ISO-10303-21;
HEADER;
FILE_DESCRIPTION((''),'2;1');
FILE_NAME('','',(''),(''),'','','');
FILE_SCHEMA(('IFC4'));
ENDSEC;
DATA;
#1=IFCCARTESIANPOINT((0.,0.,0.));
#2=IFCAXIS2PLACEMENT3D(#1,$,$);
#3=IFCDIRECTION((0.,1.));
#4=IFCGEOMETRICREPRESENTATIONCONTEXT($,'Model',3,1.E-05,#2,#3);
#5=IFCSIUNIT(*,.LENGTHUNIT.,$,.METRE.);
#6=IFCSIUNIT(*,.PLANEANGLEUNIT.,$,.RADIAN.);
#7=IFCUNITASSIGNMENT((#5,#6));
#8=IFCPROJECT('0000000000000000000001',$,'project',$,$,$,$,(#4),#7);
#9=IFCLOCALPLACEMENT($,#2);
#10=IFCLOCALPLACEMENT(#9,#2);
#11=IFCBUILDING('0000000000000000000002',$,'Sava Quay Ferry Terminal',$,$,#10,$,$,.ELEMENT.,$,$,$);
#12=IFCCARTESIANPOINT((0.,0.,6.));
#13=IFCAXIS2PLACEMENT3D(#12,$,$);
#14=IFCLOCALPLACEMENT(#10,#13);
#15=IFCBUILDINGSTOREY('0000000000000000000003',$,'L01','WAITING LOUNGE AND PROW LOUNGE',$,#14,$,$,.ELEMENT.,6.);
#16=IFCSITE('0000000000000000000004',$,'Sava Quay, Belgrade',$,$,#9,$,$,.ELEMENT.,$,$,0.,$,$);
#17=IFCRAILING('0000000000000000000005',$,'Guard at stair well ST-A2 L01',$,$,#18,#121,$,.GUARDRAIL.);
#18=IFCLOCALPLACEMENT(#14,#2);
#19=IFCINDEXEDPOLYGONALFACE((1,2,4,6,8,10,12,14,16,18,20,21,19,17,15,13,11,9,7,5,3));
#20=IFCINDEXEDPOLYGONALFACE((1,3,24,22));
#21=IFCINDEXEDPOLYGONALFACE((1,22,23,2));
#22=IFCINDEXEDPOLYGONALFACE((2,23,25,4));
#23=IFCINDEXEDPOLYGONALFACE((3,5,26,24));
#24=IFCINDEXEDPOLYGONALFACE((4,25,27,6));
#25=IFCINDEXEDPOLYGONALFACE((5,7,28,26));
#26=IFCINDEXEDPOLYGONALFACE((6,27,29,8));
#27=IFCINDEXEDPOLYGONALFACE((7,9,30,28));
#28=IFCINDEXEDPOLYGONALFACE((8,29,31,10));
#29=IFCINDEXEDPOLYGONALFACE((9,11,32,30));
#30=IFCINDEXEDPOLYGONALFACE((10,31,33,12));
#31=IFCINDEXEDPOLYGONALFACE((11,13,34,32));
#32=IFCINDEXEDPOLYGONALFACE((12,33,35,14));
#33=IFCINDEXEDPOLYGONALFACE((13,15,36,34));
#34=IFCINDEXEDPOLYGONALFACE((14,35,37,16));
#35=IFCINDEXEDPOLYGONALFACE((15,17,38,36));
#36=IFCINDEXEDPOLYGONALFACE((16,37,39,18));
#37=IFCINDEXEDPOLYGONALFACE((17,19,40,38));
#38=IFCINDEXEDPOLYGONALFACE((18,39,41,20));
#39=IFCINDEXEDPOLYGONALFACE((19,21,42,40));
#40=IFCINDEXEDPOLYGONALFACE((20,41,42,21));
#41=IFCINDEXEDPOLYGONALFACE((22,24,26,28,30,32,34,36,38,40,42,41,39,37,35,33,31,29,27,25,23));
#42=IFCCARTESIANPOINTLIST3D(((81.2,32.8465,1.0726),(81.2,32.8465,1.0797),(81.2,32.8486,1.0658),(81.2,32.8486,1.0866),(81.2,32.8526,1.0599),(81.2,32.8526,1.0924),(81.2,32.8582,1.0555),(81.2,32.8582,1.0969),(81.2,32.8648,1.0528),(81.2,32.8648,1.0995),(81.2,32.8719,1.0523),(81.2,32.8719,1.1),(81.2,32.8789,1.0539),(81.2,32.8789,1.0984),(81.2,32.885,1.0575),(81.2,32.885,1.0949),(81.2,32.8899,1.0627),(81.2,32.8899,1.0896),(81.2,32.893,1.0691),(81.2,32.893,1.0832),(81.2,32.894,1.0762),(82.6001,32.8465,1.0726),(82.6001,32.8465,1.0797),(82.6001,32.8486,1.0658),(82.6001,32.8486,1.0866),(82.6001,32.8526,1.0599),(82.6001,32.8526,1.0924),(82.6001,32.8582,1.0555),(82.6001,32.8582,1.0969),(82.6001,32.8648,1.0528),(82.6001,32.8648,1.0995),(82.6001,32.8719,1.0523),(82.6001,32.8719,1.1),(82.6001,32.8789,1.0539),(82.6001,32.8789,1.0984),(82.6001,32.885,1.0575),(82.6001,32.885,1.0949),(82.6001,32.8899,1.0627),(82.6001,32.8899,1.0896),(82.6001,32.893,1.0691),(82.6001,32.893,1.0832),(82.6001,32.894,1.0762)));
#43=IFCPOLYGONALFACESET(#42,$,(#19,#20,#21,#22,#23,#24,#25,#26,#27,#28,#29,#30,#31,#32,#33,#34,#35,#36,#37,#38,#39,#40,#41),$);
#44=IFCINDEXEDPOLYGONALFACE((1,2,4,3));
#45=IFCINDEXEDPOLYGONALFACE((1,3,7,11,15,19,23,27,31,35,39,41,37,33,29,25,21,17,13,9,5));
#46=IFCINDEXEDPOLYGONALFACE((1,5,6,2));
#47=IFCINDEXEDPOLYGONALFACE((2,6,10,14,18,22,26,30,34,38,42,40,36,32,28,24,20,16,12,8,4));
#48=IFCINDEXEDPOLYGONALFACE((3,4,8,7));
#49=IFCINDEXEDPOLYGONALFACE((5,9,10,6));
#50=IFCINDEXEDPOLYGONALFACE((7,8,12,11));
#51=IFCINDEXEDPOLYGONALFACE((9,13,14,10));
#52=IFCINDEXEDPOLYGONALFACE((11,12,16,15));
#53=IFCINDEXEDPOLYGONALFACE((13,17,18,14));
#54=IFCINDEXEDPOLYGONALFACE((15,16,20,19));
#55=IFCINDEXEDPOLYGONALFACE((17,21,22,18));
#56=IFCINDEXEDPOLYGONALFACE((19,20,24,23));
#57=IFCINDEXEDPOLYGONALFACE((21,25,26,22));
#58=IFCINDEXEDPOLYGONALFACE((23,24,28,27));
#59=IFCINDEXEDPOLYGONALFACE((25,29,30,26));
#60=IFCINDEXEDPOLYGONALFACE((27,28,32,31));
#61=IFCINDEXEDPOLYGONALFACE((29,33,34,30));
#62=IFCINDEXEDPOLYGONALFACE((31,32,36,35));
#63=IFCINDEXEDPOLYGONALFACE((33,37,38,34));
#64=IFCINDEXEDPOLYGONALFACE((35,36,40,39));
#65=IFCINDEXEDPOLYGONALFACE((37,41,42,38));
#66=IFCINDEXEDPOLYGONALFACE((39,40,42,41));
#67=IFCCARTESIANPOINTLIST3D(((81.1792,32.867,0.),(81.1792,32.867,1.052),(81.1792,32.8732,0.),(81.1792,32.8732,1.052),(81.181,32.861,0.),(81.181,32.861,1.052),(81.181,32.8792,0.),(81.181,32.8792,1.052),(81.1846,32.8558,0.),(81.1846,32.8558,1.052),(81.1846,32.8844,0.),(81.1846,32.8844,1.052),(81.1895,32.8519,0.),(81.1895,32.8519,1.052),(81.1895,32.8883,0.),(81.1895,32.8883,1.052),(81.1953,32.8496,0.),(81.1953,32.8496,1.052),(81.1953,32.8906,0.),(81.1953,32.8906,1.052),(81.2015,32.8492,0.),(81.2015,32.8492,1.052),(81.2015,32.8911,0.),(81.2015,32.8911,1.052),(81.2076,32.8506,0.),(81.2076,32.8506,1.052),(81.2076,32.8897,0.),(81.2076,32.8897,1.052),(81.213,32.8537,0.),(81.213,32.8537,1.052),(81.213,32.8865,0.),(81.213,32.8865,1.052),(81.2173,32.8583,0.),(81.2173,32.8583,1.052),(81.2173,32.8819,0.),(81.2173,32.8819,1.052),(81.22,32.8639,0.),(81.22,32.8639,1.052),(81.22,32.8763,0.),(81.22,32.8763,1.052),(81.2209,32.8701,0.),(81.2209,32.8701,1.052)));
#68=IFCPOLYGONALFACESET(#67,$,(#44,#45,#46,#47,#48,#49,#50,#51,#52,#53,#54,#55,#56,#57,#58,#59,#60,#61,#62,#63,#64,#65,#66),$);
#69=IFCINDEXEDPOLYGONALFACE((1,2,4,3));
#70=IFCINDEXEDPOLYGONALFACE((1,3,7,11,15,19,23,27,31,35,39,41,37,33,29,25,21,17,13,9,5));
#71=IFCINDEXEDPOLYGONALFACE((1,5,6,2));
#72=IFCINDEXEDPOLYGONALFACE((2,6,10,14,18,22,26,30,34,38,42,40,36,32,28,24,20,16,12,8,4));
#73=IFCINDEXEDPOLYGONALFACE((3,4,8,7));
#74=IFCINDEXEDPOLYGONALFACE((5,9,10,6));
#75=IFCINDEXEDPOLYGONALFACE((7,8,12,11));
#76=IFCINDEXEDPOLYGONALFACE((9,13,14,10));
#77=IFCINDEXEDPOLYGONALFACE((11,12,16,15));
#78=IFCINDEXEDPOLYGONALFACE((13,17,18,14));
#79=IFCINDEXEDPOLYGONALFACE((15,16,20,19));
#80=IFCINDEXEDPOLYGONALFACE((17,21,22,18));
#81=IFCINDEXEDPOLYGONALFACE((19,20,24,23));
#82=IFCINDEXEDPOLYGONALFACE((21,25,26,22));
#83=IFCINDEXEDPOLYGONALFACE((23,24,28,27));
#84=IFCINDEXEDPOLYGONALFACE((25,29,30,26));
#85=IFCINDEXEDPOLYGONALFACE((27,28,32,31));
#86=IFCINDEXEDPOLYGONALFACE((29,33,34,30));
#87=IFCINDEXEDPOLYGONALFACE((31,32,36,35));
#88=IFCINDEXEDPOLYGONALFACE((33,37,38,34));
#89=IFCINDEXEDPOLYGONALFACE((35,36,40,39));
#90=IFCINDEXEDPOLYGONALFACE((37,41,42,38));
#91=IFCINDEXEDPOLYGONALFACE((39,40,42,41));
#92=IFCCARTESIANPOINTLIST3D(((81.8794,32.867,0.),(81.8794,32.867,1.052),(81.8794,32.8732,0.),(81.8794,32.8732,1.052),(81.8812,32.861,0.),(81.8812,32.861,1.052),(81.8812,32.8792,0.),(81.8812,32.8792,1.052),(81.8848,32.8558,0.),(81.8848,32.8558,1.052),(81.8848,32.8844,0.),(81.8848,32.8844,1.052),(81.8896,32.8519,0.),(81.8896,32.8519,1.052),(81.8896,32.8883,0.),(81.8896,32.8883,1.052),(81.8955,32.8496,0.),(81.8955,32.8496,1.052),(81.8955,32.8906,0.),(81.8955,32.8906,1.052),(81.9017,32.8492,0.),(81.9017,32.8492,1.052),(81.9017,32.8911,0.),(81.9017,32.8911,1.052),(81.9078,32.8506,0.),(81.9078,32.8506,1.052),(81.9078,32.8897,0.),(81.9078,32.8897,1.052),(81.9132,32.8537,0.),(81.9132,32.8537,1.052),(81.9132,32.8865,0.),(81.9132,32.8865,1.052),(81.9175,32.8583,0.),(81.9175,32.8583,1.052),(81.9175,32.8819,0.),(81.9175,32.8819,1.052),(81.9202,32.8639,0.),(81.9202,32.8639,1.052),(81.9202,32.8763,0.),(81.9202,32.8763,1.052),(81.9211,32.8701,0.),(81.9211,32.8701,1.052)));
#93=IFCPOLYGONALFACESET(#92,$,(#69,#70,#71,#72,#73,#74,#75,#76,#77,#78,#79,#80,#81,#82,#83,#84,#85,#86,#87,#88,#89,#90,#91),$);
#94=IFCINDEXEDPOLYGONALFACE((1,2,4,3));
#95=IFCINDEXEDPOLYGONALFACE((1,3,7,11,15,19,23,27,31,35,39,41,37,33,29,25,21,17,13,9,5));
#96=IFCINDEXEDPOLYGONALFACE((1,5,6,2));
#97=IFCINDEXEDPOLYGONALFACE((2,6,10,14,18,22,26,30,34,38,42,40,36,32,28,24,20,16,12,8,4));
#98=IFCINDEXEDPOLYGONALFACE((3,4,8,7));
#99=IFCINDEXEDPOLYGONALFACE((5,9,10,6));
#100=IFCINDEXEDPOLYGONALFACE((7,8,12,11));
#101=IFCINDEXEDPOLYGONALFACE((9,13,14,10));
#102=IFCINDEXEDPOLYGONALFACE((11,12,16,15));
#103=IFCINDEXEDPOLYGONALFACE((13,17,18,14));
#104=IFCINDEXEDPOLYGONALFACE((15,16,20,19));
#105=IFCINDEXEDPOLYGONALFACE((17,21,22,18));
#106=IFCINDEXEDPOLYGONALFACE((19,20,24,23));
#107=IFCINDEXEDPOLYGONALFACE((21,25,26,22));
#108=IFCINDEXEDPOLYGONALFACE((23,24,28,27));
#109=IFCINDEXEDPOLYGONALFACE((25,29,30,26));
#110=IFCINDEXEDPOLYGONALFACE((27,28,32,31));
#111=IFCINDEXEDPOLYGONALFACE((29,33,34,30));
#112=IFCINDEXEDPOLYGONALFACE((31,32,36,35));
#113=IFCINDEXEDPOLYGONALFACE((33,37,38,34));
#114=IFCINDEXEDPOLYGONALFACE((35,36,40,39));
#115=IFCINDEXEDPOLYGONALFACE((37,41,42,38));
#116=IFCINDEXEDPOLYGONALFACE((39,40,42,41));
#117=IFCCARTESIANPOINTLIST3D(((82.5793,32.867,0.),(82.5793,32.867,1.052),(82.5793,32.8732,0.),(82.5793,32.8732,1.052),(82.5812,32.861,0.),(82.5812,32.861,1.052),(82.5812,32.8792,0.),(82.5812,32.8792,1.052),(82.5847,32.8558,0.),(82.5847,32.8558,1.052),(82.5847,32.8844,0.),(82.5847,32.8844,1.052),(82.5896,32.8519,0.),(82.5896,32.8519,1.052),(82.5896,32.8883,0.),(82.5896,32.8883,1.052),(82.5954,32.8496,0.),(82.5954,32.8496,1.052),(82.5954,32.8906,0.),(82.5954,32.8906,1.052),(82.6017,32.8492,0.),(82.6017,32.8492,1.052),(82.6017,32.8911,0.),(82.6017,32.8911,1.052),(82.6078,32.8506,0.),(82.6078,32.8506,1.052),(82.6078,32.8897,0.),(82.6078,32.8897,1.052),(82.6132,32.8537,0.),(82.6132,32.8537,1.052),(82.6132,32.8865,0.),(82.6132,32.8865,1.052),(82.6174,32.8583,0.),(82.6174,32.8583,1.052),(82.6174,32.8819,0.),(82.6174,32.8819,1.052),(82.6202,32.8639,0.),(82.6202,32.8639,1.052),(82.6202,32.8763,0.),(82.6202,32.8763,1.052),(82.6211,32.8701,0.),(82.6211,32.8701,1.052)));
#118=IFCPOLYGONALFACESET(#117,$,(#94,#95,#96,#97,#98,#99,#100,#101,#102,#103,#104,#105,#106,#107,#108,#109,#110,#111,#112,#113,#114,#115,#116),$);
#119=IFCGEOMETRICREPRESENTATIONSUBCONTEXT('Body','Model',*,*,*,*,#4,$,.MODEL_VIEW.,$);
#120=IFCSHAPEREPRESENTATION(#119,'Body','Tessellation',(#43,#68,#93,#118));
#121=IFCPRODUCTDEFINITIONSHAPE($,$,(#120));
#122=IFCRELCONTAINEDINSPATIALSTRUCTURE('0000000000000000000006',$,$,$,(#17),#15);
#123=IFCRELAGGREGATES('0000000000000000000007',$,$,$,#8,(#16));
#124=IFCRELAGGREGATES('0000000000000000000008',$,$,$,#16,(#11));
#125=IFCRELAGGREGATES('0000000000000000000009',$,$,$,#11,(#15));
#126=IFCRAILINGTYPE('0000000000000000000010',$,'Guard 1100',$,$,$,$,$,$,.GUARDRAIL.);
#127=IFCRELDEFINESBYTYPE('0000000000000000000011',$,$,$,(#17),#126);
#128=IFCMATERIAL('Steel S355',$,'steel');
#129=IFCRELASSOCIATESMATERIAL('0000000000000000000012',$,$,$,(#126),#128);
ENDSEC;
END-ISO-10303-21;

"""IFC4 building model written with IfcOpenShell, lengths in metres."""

from ifc_helpers import new_model, si_unit, direction, frame, origin, origin_2d, place, context, subcontext, project, spatial, circle, extrude, material, type_object, element, save


model = new_model("IFC4")

# Units and contexts
model_context = context("Model", 3, precision=1e-05, world=origin(), true_north=direction((0.0, 1.0)))
body_context = subcontext(model_context, "Body", "Model", "MODEL_VIEW")
ifc_project = project(units=[si_unit("LENGTHUNIT", "METRE"), si_unit("PLANEANGLEUNIT", "RADIAN")], contexts=[model_context])

# Site, building, storey
site_placement = place(None, origin())
site = spatial("IfcSite", under=ifc_project, at=site_placement, Name="Sava Quay, Belgrade", CompositionType="ELEMENT", RefElevation=0.0)
building_placement = place(site_placement, origin())
building = spatial("IfcBuilding", under=site, at=building_placement, Name="Sava Quay Ferry Terminal", CompositionType="ELEMENT")
storey_placement = place(building_placement, frame((0.0, 0.0, 6.0)))
storey = spatial("IfcBuildingStorey", under=building, at=storey_placement, Name="L01", Description="WAITING LOUNGE AND PROW LOUNGE", CompositionType="ELEMENT", Elevation=6.0)

# Railing
ifc_material_1 = material(Name="Steel S355", Category="steel")
railing_type = type_object("IfcRailingType", Name="Guard 1100", PredefinedType="GUARDRAIL", material=ifc_material_1)
railing_1_placement = place(storey_placement, frame((81.2, 32.8701, 0.0)))
element("IfcRailing", 1, at=railing_1_placement, inside=storey, type_object=railing_type, Name="Guard at stair well ST-A2 L01", PredefinedType="GUARDRAIL", context=body_context, shape_type="SweptSolid", body=[
    extrude(circle(Radius=0.0239, at=origin_2d()), frame((0.0, 0.0, 1.0762), z_axis=(1.0, 0.0, 0.0), x_axis=(0.0, 1.0, 0.0)), (0.0, 0.0, 1.0), 1.4001),
    extrude(circle(Radius=0.021, at=origin_2d()), origin(), (0.0, 0.0, 1.0), 1.052),
    extrude(circle(Radius=0.021, at=origin_2d()), frame((0.7002, 0.0, 0.0)), (0.0, 0.0, 1.0), 1.052),
    extrude(circle(Radius=0.021, at=origin_2d()), frame((1.4001, 0.0, 0.0)), (0.0, 0.0, 1.0), 1.052),
])

save(model, "model.ifc")
